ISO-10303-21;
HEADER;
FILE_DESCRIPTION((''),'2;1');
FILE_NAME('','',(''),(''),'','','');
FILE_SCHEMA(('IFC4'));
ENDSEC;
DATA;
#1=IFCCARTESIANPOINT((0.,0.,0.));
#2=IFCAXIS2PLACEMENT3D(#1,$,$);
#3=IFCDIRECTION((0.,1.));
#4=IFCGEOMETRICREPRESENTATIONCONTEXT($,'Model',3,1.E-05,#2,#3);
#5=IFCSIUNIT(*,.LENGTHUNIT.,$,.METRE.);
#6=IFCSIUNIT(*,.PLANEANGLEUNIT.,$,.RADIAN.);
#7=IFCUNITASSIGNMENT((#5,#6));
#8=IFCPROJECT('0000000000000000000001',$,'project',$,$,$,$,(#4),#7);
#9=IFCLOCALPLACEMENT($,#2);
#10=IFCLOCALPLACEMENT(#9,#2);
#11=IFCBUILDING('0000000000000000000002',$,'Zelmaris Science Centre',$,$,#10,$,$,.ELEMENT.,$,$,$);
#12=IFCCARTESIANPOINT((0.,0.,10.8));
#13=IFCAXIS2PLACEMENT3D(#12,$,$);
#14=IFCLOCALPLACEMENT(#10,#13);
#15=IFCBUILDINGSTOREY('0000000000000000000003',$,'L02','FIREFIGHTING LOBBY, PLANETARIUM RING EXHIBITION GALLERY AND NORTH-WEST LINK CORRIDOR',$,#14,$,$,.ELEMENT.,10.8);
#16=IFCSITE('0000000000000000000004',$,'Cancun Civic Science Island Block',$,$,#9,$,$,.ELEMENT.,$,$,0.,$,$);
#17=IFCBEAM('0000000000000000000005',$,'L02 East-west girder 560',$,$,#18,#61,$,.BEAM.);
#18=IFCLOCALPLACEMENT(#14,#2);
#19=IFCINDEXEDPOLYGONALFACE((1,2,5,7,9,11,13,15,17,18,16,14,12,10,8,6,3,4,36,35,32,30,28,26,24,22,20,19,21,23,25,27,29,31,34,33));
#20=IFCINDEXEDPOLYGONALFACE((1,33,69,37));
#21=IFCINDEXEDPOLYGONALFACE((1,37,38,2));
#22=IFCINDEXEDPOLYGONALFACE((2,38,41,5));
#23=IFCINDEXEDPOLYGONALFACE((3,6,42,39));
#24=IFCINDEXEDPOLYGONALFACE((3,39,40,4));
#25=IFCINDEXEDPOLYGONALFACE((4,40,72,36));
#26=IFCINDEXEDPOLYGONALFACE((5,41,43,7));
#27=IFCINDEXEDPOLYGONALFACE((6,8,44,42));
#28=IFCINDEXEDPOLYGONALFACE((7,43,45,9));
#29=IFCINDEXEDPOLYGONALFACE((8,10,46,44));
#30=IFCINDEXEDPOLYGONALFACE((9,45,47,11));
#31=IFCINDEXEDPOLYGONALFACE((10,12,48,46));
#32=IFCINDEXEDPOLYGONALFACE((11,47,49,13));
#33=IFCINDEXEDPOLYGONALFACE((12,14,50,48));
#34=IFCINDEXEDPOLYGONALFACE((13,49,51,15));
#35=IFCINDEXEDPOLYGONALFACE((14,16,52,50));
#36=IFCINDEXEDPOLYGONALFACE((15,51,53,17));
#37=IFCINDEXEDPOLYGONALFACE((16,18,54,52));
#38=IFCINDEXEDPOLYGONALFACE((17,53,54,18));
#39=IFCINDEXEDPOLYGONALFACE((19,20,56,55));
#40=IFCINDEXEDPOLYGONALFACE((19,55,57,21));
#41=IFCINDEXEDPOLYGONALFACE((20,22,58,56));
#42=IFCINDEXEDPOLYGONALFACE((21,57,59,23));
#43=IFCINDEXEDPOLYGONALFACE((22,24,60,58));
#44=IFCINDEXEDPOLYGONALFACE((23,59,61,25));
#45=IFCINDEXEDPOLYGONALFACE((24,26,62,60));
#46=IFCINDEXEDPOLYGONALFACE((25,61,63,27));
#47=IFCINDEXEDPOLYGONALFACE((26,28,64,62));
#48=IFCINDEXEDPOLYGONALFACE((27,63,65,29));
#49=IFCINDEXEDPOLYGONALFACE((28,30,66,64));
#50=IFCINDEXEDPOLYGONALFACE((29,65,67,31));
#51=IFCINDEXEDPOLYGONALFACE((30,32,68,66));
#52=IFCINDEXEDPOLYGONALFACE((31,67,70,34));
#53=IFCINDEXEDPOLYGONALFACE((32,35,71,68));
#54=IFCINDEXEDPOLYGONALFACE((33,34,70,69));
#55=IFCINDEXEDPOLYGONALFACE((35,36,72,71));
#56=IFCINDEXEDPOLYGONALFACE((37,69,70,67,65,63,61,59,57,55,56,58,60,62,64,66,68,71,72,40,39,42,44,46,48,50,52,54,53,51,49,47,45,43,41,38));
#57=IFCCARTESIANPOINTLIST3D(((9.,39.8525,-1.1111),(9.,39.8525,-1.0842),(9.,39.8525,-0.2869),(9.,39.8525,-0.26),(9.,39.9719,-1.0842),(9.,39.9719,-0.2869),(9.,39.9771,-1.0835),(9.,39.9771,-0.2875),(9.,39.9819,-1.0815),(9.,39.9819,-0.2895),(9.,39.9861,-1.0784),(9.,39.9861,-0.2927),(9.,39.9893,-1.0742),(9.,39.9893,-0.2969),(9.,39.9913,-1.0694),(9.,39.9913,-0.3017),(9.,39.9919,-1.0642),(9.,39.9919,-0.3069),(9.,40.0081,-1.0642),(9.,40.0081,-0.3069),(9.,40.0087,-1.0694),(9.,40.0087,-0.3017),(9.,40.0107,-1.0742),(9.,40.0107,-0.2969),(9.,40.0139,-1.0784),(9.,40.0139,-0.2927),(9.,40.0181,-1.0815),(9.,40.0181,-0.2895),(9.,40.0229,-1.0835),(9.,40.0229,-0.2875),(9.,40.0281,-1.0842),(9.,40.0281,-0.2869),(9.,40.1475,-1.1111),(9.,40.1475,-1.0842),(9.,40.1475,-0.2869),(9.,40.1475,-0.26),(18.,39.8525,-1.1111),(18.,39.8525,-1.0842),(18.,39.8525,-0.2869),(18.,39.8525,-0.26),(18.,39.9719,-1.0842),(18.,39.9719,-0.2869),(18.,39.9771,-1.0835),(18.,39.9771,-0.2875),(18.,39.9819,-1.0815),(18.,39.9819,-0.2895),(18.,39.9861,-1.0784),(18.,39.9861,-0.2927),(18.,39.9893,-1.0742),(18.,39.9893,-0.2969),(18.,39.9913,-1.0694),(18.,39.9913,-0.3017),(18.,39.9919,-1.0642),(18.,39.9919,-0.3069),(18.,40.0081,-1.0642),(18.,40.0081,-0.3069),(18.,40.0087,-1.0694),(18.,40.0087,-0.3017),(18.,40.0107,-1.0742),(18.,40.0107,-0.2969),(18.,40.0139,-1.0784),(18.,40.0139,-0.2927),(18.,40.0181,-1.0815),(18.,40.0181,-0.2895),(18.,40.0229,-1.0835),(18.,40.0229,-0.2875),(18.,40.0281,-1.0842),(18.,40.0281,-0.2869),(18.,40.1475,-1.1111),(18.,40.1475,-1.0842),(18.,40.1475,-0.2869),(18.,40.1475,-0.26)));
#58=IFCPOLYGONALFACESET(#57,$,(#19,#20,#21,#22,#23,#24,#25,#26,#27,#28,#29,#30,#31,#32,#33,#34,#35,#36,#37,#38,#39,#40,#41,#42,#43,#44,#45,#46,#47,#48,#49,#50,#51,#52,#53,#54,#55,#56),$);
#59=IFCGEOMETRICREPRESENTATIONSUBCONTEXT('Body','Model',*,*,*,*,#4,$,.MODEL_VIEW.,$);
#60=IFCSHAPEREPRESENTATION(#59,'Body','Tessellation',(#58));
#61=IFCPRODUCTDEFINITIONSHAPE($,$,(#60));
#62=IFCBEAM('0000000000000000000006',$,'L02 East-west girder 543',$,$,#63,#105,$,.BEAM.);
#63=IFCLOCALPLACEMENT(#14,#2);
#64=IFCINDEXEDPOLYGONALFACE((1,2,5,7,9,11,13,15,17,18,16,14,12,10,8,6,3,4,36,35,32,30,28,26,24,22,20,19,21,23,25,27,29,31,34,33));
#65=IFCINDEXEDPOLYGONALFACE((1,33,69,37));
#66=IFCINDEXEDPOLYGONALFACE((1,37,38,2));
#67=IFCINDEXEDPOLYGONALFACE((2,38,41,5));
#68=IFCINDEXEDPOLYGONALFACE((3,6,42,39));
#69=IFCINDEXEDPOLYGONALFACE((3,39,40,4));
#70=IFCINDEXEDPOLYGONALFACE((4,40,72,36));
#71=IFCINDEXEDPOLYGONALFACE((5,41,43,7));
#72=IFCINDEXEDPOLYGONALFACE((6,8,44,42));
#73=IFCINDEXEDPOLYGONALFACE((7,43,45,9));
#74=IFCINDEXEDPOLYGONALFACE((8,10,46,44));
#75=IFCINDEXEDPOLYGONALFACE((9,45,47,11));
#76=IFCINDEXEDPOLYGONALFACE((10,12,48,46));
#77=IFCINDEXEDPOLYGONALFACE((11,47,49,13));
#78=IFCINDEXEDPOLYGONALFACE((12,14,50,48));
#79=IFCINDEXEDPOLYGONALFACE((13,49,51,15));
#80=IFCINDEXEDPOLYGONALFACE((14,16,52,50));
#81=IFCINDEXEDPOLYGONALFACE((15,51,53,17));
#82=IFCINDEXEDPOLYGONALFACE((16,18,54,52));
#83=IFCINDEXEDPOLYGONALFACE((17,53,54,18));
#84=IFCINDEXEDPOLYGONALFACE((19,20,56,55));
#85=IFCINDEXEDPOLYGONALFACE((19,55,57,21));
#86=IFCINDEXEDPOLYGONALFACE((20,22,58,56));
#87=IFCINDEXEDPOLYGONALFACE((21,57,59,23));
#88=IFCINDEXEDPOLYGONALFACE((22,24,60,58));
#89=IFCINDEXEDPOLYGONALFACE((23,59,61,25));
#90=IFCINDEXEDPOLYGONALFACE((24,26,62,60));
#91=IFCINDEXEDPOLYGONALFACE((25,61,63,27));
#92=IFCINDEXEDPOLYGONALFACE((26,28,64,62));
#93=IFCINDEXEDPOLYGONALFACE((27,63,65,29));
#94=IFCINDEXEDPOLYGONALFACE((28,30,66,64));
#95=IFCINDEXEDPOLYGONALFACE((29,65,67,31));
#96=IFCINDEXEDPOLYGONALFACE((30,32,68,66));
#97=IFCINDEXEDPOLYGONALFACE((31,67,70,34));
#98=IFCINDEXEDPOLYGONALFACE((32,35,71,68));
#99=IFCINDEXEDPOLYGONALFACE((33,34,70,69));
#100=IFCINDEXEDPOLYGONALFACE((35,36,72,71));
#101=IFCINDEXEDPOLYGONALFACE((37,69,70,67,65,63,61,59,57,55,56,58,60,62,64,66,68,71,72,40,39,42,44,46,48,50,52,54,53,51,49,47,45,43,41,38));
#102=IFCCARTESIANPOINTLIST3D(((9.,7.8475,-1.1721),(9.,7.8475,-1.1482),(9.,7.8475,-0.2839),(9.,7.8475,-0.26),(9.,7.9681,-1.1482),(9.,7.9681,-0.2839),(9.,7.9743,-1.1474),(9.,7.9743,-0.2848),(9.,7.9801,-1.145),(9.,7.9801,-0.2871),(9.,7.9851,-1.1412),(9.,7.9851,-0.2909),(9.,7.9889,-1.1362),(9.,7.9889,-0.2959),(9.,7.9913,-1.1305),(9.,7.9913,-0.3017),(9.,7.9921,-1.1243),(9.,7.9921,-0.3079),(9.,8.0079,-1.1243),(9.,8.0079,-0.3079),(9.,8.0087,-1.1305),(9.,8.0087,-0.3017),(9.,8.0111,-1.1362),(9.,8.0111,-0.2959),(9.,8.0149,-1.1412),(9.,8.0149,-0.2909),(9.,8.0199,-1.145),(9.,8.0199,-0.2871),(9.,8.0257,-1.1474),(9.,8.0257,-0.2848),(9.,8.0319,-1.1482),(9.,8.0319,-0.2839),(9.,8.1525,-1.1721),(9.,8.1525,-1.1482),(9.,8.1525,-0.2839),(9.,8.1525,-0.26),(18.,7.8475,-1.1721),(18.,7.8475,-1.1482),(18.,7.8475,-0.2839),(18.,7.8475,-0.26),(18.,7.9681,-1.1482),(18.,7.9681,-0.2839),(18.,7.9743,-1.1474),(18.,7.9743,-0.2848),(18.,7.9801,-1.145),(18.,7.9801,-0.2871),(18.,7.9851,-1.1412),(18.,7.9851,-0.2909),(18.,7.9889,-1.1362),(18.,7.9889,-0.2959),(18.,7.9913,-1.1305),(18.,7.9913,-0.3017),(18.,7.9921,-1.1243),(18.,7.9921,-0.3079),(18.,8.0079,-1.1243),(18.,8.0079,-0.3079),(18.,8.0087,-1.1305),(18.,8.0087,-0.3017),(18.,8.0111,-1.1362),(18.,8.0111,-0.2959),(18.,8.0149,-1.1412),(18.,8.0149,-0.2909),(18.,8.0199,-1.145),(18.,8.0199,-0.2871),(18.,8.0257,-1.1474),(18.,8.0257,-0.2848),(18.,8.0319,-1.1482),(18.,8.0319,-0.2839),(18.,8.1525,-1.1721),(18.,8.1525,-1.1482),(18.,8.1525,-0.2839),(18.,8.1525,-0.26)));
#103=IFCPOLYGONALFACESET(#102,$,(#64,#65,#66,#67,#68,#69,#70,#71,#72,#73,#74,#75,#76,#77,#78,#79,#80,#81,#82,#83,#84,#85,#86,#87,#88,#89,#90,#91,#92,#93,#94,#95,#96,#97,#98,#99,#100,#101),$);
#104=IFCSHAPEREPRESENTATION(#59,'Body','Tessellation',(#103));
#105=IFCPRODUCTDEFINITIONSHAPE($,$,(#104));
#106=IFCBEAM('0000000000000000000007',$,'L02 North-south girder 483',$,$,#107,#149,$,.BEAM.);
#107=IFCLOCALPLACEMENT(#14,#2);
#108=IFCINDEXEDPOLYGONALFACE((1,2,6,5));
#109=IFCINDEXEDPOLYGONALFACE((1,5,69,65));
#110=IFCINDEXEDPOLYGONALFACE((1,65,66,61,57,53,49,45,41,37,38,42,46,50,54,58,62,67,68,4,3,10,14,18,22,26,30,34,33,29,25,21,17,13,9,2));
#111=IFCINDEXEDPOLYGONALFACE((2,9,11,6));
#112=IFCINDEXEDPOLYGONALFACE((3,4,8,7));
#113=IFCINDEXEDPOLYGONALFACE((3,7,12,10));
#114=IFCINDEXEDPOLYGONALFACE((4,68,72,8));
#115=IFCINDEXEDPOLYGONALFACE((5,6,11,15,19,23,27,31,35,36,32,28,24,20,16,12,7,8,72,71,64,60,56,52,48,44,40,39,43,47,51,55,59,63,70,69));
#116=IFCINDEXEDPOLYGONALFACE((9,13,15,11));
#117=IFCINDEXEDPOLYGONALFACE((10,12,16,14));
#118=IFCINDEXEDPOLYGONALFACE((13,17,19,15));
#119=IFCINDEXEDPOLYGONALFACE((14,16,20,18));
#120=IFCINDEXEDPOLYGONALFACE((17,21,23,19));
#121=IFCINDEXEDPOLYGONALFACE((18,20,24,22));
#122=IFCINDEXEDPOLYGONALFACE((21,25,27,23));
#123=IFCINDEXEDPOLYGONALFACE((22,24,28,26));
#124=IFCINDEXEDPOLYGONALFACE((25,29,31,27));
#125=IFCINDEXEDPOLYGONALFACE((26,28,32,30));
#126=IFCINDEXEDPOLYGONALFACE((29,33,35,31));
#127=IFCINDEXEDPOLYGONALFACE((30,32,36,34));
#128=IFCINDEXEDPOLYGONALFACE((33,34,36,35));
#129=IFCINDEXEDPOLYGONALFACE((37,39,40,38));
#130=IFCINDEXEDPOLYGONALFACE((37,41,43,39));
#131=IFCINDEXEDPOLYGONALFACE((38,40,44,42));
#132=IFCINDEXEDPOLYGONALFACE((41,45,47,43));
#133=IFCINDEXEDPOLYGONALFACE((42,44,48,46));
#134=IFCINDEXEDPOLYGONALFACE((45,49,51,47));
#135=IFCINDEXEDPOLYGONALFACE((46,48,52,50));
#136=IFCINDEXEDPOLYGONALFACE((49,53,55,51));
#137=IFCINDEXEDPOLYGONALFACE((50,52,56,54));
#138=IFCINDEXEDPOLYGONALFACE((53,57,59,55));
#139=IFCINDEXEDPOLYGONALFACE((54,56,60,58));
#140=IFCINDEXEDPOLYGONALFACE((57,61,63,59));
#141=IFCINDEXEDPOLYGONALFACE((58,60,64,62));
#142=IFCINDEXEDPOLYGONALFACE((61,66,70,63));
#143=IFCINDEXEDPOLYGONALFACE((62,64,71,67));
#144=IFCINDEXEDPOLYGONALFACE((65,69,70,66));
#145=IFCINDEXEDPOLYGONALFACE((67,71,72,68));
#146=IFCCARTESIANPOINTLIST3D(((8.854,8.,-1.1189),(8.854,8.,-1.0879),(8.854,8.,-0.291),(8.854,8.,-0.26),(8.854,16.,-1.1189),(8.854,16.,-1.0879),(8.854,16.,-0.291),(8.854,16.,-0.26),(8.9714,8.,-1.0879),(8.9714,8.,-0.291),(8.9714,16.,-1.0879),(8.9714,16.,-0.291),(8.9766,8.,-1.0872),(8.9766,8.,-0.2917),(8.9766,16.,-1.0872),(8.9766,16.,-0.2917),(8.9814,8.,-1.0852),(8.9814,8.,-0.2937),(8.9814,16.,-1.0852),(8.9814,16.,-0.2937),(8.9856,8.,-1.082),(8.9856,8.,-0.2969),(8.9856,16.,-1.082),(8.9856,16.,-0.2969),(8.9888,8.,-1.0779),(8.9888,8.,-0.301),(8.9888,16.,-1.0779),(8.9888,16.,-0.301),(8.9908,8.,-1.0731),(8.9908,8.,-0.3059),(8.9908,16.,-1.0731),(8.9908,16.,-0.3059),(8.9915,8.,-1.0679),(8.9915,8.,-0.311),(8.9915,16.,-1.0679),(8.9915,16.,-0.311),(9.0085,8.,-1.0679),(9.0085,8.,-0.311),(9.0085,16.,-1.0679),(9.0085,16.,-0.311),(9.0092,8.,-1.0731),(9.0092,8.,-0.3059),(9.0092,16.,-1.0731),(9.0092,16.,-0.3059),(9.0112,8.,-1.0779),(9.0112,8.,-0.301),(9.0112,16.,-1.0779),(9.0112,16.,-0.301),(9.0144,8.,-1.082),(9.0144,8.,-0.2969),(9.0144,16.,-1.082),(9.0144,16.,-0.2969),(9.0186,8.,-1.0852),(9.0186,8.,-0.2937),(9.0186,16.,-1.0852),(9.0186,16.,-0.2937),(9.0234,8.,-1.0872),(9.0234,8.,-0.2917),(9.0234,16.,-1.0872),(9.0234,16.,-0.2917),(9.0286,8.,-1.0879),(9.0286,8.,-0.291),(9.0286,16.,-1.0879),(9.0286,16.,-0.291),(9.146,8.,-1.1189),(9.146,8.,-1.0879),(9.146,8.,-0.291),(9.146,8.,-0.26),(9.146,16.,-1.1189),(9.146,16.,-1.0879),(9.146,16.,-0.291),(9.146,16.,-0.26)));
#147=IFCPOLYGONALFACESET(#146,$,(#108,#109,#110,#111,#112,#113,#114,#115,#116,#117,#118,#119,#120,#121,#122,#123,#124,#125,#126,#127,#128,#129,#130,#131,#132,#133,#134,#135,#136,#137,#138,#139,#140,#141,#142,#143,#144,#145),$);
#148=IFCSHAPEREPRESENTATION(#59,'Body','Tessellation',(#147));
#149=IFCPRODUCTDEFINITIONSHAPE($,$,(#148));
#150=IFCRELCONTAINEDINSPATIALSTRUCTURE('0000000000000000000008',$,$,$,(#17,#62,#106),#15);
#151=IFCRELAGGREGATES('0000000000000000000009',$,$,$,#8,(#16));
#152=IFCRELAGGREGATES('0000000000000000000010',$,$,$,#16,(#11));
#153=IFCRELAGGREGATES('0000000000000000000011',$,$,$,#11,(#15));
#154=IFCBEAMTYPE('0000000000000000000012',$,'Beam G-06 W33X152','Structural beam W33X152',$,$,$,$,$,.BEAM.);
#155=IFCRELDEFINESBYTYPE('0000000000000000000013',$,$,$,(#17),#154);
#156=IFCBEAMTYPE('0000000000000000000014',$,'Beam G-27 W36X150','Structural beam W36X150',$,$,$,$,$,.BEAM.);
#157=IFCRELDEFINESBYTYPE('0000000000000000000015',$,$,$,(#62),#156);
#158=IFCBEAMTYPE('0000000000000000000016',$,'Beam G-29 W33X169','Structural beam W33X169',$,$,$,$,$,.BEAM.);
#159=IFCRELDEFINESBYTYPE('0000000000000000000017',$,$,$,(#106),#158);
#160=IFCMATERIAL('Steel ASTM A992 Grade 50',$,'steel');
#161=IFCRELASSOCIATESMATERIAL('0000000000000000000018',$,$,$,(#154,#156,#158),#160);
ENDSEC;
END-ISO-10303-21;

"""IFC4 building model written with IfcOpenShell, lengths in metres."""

from ifc_helpers import new_model, si_unit, direction, frame, origin, origin_2d, place, context, subcontext, project, spatial, i_section, extrude, material, material_profile, profile_set, type_object, element, save


model = new_model("IFC4")

# Units and contexts
model_context = context("Model", 3, precision=1e-05, world=origin(), true_north=direction((0.0, 1.0)))
body_context = subcontext(model_context, "Body", "Model", "MODEL_VIEW")
ifc_project = project(units=[si_unit("LENGTHUNIT", "METRE"), si_unit("PLANEANGLEUNIT", "RADIAN")], contexts=[model_context])

# Site, building, storey
site_placement = place(None, origin())
site = spatial("IfcSite", under=ifc_project, at=site_placement, Name="Cancun Civic Science Island Block", CompositionType="ELEMENT", RefElevation=0.0)
building_placement = place(site_placement, origin())
building = spatial("IfcBuilding", under=site, at=building_placement, Name="Zelmaris Science Centre", CompositionType="ELEMENT")
storey_placement = place(building_placement, frame((0.0, 0.0, 10.8)))
storey = spatial("IfcBuildingStorey", under=building, at=storey_placement, Name="L02", Description="FIREFIGHTING LOBBY, PLANETARIUM RING EXHIBITION GALLERY AND NORTH-WEST LINK CORRIDOR", CompositionType="ELEMENT", Elevation=10.8)

# Shared definitions
ifc_material_1 = material(Name="Steel ASTM A992 Grade 50", Category="steel")

# Beams
ifc_material_profile_1 = material_profile(ifc_material_1, i_section(OverallWidth=0.2949, OverallDepth=0.8511, WebThickness=0.0161, FlangeThickness=0.0269, FilletRadius=0.02, at=origin_2d()), Name="W33X152")
ifc_profile_set_1 = profile_set([ifc_material_profile_1], Name="Steel ASTM A992 Grade 50")
beam_type_1 = type_object("IfcBeamType", Name="Beam G-06 W33X152", Description="Structural beam W33X152", PredefinedType="BEAM", material=ifc_profile_set_1)
beam_1_placement = place(storey_placement, frame((9.0, 40.0, -0.6855), z_axis=(1.0, 0.0, 0.0), x_axis=(0.0, 1.0, 0.0)))
element("IfcBeam", 1, at=beam_1_placement, inside=storey, type_object=beam_type_1, Name="L02 East-west girder 560", PredefinedType="BEAM", context=body_context, shape_type="SweptSolid", body=[
    extrude(i_section(OverallWidth=0.2949, OverallDepth=0.8511, WebThickness=0.0161, FlangeThickness=0.0269, FilletRadius=0.02, at=origin_2d()), origin(), (0.0, 0.0, 1.0), 9.0),
])
ifc_material_profile_2 = material_profile(ifc_material_1, i_section(OverallWidth=0.3049, OverallDepth=0.9121, WebThickness=0.0159, FlangeThickness=0.0239, FilletRadius=0.0239, at=origin_2d()), Name="W36X150")
ifc_profile_set_2 = profile_set([ifc_material_profile_2], Name="Steel ASTM A992 Grade 50")
beam_type_2 = type_object("IfcBeamType", Name="Beam G-27 W36X150", Description="Structural beam W36X150", PredefinedType="BEAM", material=ifc_profile_set_2)
beam_2_placement = place(storey_placement, frame((9.0, 8.0, -0.7161), z_axis=(1.0, 0.0, 0.0), x_axis=(0.0, 1.0, 0.0)))
element("IfcBeam", 2, at=beam_2_placement, inside=storey, type_object=beam_type_2, Name="L02 East-west girder 543", PredefinedType="BEAM", context=body_context, shape_type="SweptSolid", body=[
    extrude(i_section(OverallWidth=0.3049, OverallDepth=0.9121, WebThickness=0.0159, FlangeThickness=0.0239, FilletRadius=0.0239, at=origin_2d()), origin(), (0.0, 0.0, 1.0), 9.0),
])
ifc_material_profile_3 = material_profile(ifc_material_1, i_section(OverallWidth=0.292, OverallDepth=0.8589, WebThickness=0.0171, FlangeThickness=0.031, FilletRadius=0.02, at=origin_2d()), Name="W33X169")
ifc_profile_set_3 = profile_set([ifc_material_profile_3], Name="Steel ASTM A992 Grade 50")
beam_type_3 = type_object("IfcBeamType", Name="Beam G-29 W33X169", Description="Structural beam W33X169", PredefinedType="BEAM", material=ifc_profile_set_3)
beam_3_placement = place(storey_placement, frame((9.0, 8.0, -0.6895), z_axis=(0.0, 1.0, 0.0), x_axis=(-1.0, 0.0, 0.0)))
element("IfcBeam", 3, at=beam_3_placement, inside=storey, type_object=beam_type_3, Name="L02 North-south girder 483", PredefinedType="BEAM", context=body_context, shape_type="SweptSolid", body=[
    extrude(i_section(OverallWidth=0.292, OverallDepth=0.8589, WebThickness=0.0171, FlangeThickness=0.031, FilletRadius=0.02, at=origin_2d()), origin(), (0.0, 0.0, 1.0), 8.0),
])

save(model, "model.ifc")
